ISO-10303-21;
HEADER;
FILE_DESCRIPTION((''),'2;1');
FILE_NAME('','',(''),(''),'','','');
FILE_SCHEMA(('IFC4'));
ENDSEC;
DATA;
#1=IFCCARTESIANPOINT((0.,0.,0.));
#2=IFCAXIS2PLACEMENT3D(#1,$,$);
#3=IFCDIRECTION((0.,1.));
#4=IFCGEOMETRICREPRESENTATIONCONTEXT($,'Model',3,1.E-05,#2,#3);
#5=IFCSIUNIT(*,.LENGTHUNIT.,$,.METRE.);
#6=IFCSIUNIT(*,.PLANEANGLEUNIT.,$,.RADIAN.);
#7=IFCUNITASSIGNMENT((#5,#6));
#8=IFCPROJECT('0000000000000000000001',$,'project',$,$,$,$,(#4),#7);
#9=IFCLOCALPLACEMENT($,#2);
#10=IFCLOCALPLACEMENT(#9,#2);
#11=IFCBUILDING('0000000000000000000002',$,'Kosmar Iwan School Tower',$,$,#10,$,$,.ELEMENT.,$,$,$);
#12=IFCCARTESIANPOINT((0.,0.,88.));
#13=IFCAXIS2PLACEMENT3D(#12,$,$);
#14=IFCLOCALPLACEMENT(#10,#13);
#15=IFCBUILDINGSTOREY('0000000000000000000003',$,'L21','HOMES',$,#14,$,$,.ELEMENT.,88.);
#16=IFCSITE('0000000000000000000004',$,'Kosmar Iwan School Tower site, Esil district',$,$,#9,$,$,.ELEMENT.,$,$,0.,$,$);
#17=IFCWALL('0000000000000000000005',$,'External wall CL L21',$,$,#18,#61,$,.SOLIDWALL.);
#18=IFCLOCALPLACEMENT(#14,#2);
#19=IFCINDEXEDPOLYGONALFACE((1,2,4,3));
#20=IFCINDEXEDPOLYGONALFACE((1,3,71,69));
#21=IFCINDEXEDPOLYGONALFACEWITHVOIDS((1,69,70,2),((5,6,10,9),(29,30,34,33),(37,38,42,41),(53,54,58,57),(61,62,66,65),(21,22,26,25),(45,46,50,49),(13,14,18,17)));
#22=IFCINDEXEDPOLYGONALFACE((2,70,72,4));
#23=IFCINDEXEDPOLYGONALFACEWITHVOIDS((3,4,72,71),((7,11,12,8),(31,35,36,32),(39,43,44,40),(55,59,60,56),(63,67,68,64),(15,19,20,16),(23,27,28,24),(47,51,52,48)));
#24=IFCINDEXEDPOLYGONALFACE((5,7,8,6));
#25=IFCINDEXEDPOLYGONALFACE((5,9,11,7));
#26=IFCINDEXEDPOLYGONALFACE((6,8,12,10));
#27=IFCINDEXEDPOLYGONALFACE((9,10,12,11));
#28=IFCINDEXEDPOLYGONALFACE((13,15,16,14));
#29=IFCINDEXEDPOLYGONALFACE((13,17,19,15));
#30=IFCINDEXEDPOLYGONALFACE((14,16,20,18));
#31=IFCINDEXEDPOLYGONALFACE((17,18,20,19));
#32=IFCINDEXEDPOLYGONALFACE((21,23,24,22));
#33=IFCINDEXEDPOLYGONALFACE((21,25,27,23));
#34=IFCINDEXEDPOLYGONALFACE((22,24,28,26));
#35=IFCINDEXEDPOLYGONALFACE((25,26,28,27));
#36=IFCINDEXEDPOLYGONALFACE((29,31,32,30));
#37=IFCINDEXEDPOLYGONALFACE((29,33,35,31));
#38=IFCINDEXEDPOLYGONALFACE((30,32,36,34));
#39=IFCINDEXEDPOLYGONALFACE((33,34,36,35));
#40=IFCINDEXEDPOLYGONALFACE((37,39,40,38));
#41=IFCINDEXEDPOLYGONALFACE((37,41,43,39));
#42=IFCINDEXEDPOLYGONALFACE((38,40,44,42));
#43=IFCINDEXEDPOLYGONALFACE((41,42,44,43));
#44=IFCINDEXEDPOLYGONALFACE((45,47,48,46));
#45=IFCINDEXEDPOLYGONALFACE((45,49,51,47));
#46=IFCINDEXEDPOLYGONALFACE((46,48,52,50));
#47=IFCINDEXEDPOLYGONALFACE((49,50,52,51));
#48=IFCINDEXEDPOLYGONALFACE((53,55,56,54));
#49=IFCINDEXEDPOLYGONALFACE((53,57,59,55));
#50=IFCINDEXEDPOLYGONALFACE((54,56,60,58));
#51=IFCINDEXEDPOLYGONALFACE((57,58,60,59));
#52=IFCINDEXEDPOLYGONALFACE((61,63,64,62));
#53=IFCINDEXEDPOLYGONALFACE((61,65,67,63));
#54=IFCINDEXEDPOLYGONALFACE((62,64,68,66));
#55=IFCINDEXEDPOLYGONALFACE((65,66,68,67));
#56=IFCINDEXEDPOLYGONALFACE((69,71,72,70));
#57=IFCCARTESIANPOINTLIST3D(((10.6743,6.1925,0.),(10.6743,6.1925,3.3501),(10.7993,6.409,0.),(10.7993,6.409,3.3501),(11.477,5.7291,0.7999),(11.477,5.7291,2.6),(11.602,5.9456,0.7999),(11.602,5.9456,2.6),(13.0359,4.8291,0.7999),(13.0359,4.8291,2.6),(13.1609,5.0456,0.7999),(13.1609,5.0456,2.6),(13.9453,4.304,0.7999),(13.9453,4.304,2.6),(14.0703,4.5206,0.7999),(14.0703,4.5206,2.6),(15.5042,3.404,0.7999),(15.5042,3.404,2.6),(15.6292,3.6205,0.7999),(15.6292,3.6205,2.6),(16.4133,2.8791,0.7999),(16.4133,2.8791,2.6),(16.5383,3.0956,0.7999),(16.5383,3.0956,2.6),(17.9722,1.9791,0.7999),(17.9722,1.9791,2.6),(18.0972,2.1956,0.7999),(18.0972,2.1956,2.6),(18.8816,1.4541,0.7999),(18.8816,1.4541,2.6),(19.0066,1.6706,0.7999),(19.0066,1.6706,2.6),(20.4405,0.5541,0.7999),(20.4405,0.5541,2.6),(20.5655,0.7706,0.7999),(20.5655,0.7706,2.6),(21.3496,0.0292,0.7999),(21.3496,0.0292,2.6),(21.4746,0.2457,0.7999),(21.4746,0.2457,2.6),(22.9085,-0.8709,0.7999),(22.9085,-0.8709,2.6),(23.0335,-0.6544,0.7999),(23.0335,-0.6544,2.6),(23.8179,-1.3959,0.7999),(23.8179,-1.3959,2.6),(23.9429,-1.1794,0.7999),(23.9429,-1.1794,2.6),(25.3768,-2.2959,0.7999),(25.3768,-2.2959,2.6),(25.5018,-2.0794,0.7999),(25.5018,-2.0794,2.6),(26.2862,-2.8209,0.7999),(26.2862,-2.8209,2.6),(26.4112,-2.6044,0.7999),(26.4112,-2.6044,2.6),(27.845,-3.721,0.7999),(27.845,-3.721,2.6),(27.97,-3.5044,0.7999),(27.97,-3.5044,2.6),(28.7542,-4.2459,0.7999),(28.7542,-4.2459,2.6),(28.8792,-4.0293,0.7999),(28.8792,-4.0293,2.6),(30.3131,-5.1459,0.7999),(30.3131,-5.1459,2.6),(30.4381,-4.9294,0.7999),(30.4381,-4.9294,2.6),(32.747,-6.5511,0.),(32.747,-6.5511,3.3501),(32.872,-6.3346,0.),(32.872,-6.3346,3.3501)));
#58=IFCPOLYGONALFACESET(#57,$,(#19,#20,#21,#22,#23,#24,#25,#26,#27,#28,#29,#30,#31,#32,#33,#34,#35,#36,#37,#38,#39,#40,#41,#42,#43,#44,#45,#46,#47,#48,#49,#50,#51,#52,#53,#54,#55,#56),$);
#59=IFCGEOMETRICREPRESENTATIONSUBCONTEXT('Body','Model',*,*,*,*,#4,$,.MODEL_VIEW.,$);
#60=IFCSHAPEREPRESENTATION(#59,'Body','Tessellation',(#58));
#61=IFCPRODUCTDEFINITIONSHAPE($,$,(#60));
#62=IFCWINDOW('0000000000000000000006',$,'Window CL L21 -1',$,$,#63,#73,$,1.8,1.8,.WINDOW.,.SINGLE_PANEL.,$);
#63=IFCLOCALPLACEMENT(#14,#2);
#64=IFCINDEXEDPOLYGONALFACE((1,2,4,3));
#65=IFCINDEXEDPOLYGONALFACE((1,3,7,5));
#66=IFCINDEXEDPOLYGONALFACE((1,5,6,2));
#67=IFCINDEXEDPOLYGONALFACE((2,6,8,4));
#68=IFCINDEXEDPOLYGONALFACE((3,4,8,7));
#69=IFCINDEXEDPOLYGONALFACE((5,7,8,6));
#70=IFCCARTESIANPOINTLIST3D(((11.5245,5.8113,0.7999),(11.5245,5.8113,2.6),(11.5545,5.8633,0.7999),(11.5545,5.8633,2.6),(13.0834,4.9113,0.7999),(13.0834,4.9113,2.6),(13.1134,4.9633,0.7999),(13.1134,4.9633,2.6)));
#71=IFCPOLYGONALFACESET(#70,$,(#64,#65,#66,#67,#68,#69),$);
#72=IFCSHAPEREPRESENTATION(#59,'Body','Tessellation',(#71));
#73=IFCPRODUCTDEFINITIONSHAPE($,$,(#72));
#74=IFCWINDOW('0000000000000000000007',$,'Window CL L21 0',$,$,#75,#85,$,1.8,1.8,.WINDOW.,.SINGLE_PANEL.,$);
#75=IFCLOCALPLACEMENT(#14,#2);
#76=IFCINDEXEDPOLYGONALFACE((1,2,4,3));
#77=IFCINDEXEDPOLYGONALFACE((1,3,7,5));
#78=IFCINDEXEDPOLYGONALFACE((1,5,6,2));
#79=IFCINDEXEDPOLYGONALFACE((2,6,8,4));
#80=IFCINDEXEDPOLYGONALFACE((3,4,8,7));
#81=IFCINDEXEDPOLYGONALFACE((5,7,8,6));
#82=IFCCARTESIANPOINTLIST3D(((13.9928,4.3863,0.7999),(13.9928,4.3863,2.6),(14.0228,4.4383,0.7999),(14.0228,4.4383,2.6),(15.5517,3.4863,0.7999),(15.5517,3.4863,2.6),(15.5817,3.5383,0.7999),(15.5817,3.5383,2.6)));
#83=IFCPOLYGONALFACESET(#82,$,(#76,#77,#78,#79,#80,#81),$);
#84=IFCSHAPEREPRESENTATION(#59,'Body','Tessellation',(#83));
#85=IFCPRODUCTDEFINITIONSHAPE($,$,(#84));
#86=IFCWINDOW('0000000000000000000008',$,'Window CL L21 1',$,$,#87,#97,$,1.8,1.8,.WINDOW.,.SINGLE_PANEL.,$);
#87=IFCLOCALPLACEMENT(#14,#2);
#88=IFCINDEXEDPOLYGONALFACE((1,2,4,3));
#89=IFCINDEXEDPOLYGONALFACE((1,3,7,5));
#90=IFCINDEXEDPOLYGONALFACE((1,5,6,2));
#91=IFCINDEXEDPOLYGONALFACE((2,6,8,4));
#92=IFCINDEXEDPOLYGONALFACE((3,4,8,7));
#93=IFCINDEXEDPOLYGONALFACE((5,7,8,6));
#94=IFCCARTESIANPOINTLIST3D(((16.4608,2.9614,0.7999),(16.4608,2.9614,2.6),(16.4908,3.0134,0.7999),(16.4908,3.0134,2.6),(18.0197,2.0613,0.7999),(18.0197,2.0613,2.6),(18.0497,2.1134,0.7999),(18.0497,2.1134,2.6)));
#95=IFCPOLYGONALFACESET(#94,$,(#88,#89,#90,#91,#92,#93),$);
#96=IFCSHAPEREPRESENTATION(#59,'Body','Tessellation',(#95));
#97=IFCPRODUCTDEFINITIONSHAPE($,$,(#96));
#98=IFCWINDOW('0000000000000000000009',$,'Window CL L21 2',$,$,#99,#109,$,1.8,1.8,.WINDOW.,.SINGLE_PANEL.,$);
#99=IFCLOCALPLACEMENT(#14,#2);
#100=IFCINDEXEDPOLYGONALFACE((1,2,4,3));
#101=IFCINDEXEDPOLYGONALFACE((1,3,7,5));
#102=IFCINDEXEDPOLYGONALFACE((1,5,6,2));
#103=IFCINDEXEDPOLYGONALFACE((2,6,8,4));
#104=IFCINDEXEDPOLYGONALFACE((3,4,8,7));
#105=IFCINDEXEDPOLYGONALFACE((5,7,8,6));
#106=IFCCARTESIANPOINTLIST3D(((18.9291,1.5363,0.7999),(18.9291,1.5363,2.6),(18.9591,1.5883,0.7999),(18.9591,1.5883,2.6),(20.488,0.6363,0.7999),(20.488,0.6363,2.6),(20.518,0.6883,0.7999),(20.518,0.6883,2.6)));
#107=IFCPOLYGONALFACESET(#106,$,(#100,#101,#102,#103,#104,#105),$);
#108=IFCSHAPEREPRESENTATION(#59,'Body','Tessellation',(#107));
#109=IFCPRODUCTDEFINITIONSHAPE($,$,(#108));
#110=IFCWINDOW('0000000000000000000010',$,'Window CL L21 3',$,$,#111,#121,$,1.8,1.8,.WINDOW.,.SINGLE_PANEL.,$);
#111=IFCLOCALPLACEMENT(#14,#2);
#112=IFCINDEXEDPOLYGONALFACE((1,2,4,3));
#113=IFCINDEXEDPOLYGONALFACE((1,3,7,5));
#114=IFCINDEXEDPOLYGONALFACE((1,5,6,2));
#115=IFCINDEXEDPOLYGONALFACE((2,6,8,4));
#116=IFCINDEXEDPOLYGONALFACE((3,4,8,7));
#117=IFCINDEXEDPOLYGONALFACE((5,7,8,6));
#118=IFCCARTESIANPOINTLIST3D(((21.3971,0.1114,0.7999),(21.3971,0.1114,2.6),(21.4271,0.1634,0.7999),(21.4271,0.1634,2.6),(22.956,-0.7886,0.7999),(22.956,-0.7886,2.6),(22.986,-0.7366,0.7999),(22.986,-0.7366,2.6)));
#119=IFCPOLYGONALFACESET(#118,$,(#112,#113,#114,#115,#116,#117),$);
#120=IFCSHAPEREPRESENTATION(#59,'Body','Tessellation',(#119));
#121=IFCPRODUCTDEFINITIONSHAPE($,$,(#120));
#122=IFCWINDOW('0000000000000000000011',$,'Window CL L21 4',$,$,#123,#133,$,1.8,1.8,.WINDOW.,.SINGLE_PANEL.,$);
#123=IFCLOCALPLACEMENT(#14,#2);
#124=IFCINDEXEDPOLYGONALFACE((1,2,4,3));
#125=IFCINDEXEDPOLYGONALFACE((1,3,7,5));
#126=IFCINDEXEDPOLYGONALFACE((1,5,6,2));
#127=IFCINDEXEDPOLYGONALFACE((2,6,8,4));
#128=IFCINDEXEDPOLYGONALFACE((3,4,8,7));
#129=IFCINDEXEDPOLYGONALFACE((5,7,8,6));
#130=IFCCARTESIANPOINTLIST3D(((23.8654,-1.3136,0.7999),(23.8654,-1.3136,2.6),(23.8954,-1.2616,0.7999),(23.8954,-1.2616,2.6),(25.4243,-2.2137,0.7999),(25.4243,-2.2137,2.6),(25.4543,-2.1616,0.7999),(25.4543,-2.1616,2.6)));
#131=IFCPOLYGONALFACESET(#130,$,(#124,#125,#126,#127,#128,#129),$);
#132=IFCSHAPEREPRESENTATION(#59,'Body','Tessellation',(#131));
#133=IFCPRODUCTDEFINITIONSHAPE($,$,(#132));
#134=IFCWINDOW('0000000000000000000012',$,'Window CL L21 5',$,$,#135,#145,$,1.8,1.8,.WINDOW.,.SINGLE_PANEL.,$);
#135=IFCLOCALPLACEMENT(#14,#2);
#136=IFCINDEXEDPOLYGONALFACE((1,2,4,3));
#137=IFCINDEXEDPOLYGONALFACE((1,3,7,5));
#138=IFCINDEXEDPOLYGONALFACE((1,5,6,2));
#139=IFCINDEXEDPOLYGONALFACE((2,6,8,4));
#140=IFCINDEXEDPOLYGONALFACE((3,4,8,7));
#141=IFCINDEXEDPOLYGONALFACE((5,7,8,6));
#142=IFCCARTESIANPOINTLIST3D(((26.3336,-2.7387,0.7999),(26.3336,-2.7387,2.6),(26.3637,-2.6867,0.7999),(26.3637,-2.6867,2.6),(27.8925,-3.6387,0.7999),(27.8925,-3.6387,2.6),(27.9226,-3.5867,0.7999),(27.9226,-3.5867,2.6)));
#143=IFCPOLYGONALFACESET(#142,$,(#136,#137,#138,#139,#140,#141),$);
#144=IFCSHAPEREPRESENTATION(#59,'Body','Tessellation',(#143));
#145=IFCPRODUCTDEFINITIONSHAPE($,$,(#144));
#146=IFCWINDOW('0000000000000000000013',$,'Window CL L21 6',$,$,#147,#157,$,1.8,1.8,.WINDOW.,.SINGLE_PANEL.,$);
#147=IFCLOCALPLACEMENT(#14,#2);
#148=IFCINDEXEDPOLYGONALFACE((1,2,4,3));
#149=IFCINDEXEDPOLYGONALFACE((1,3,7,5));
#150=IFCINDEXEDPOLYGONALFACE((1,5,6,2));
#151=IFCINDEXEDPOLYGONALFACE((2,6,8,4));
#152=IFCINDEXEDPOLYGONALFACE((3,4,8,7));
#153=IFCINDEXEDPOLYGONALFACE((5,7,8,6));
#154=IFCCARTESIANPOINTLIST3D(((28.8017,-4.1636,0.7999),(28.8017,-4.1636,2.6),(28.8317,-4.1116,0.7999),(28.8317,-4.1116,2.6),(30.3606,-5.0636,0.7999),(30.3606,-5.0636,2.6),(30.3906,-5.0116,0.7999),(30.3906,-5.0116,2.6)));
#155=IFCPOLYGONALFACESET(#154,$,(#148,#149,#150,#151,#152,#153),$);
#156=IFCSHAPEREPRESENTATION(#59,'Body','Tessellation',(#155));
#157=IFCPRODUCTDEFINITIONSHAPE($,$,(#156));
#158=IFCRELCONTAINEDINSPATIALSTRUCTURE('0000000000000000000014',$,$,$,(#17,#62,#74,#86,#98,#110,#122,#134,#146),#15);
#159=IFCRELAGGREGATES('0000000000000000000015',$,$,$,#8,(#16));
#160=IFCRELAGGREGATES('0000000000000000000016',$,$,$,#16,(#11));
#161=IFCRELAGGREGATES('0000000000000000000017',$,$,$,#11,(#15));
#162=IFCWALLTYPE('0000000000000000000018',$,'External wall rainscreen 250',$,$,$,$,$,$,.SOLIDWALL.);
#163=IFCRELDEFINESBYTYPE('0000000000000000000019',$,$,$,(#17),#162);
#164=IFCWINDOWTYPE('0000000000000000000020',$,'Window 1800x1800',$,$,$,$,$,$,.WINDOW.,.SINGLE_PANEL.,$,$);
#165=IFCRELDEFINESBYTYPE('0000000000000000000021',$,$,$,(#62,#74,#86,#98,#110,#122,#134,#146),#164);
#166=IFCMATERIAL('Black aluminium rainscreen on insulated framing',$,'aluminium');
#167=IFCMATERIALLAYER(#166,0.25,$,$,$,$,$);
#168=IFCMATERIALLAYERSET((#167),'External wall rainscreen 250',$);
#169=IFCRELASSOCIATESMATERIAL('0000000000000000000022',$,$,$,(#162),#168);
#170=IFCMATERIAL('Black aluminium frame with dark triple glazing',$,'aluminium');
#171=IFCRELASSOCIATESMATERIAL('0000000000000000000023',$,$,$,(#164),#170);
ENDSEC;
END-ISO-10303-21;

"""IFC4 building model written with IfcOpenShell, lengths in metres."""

from ifc_helpers import new_model, si_unit, direction, frame, frame_2d, origin, place, context, subcontext, project, spatial, rectangle, extrude, material, layer, layer_set, type_object, element, fill, save


model = new_model("IFC4")

# Units and contexts
model_context = context("Model", 3, precision=1e-05, world=origin(), true_north=direction((0.0, 1.0)))
body_context = subcontext(model_context, "Body", "Model", "MODEL_VIEW")
ifc_project = project(units=[si_unit("LENGTHUNIT", "METRE"), si_unit("PLANEANGLEUNIT", "RADIAN")], contexts=[model_context])

# Site, building, storey
site_placement = place(None, origin())
site = spatial("IfcSite", under=ifc_project, at=site_placement, Name="Kosmar Iwan School Tower site, Esil district", CompositionType="ELEMENT", RefElevation=0.0)
building_placement = place(site_placement, origin())
building = spatial("IfcBuilding", under=site, at=building_placement, Name="Kosmar Iwan School Tower", CompositionType="ELEMENT")
storey_placement = place(building_placement, frame((0.0, 0.0, 88.0)))
storey = spatial("IfcBuildingStorey", under=building, at=storey_placement, Name="L21", Description="HOMES", CompositionType="ELEMENT", Elevation=88.0)

# Wall, openings, windows
ifc_material_1 = material(Name="Black aluminium rainscreen on insulated framing", Category="aluminium")
ifc_layer = layer(ifc_material_1, 0.25)
ifc_layer_set = layer_set([ifc_layer], Name="External wall rainscreen 250")
wall_type = type_object("IfcWallType", Name="External wall rainscreen 250", PredefinedType="SOLIDWALL", material=ifc_layer_set)
wall_1_placement = place(storey_placement, frame((10.7368, 6.3008, 0.0), z_axis=(0.0, 0.0, 1.0), x_axis=(0.866026, -0.499998, 0.0)))
wall_1 = element("IfcWall", 1, at=wall_1_placement, inside=storey, type_object=wall_type, Name="External wall CL L21", PredefinedType="SOLIDWALL", context=body_context, shape_type="SweptSolid", body=[
    extrude(rectangle(XDim=25.4873, YDim=0.25, at=frame_2d((12.7437, 0.0))), origin(), (0.0, 0.0, 1.0), 3.3501),
])
opening_1_placement = place(wall_1_placement, frame((0.927, 0.0, 0.8)))
opening_1 = element("IfcOpeningElement", 2, at=opening_1_placement, cuts=wall_1, PredefinedType="OPENING", context=body_context, shape_type="SweptSolid", body=[
    extrude(rectangle(XDim=1.8, YDim=1.8, at=frame_2d((0.8999, 0.8999))), frame((0.0, 0.137, 0.0), z_axis=(0.0, -1.0, 0.0), x_axis=(1.0, 0.0, 0.0)), (0.0, 0.0, 1.0), 0.2739),
])
opening_2_placement = place(wall_1_placement, frame((3.7771, 0.0, 0.8)))
opening_2 = element("IfcOpeningElement", 3, at=opening_2_placement, cuts=wall_1, PredefinedType="OPENING", context=body_context, shape_type="SweptSolid", body=[
    extrude(rectangle(XDim=1.8, YDim=1.8, at=frame_2d((0.8999, 0.8999))), frame((0.0, 0.137, 0.0), z_axis=(0.0, -1.0, 0.0), x_axis=(1.0, 0.0, 0.0)), (0.0, 0.0, 1.0), 0.2739),
])
opening_3_placement = place(wall_1_placement, frame((6.627, 0.0, 0.8)))
opening_3 = element("IfcOpeningElement", 4, at=opening_3_placement, cuts=wall_1, PredefinedType="OPENING", context=body_context, shape_type="SweptSolid", body=[
    extrude(rectangle(XDim=1.8, YDim=1.8, at=frame_2d((0.8999, 0.8999))), frame((0.0, 0.137, 0.0), z_axis=(0.0, -1.0, 0.0), x_axis=(1.0, 0.0, 0.0)), (0.0, 0.0, 1.0), 0.2739),
])
opening_4_placement = place(wall_1_placement, frame((9.4771, 0.0, 0.8)))
opening_4 = element("IfcOpeningElement", 5, at=opening_4_placement, cuts=wall_1, PredefinedType="OPENING", context=body_context, shape_type="SweptSolid", body=[
    extrude(rectangle(XDim=1.8, YDim=1.8, at=frame_2d((0.8999, 0.8999))), frame((0.0, 0.137, 0.0), z_axis=(0.0, -1.0, 0.0), x_axis=(1.0, 0.0, 0.0)), (0.0, 0.0, 1.0), 0.2739),
])
opening_5_placement = place(wall_1_placement, frame((12.3269, 0.0, 0.8)))
opening_5 = element("IfcOpeningElement", 6, at=opening_5_placement, cuts=wall_1, PredefinedType="OPENING", context=body_context, shape_type="SweptSolid", body=[
    extrude(rectangle(XDim=1.8, YDim=1.8, at=frame_2d((0.8999, 0.8999))), frame((0.0, 0.137, 0.0), z_axis=(0.0, -1.0, 0.0), x_axis=(1.0, 0.0, 0.0)), (0.0, 0.0, 1.0), 0.2739),
])
opening_6_placement = place(wall_1_placement, frame((15.177, 0.0, 0.8)))
opening_6 = element("IfcOpeningElement", 7, at=opening_6_placement, cuts=wall_1, PredefinedType="OPENING", context=body_context, shape_type="SweptSolid", body=[
    extrude(rectangle(XDim=1.8, YDim=1.8, at=frame_2d((0.8999, 0.8999))), frame((0.0, 0.137, 0.0), z_axis=(0.0, -1.0, 0.0), x_axis=(1.0, 0.0, 0.0)), (0.0, 0.0, 1.0), 0.2739),
])
opening_7_placement = place(wall_1_placement, frame((18.0271, 0.0, 0.8)))
opening_7 = element("IfcOpeningElement", 8, at=opening_7_placement, cuts=wall_1, PredefinedType="OPENING", context=body_context, shape_type="SweptSolid", body=[
    extrude(rectangle(XDim=1.8, YDim=1.8, at=frame_2d((0.8999, 0.8999))), frame((0.0, 0.137, 0.0), z_axis=(0.0, -1.0, 0.0), x_axis=(1.0, 0.0, 0.0)), (0.0, 0.0, 1.0), 0.2739),
])
opening_8_placement = place(wall_1_placement, frame((20.877, 0.0, 0.8)))
opening_8 = element("IfcOpeningElement", 9, at=opening_8_placement, cuts=wall_1, PredefinedType="OPENING", context=body_context, shape_type="SweptSolid", body=[
    extrude(rectangle(XDim=1.8, YDim=1.8, at=frame_2d((0.8999, 0.8999))), frame((0.0, 0.137, 0.0), z_axis=(0.0, -1.0, 0.0), x_axis=(1.0, 0.0, 0.0)), (0.0, 0.0, 1.0), 0.2739),
])
ifc_material_2 = material(Name="Black aluminium frame with dark triple glazing", Category="aluminium")
window_type = type_object("IfcWindowType", Name="Window 1800x1800", PartitioningType="SINGLE_PANEL", PredefinedType="WINDOW", material=ifc_material_2)
window_1_placement = place(opening_1_placement, origin())
window_1 = element("IfcWindow", 10, at=window_1_placement, inside=storey, type_object=window_type, Name="Window CL L21 -1", OverallHeight=1.8, OverallWidth=1.8, PartitioningType="SINGLE_PANEL", PredefinedType="WINDOW", context=body_context, shape_type="SweptSolid", body=[
    extrude(rectangle(XDim=1.8, YDim=1.8, at=frame_2d((0.8999, 0.8999))), frame((0.0, 0.03, 0.0), z_axis=(0.0, -1.0, 0.0), x_axis=(1.0, 0.0, 0.0)), (0.0, 0.0, 1.0), 0.0601),
])
fill(opening_1, window_1)
window_2_placement = place(opening_2_placement, origin())
window_2 = element("IfcWindow", 11, at=window_2_placement, inside=storey, type_object=window_type, Name="Window CL L21 0", OverallHeight=1.8, OverallWidth=1.8, PartitioningType="SINGLE_PANEL", PredefinedType="WINDOW", context=body_context, shape_type="SweptSolid", body=[
    extrude(rectangle(XDim=1.8, YDim=1.8, at=frame_2d((0.8999, 0.8999))), frame((0.0, 0.03, 0.0), z_axis=(0.0, -1.0, 0.0), x_axis=(1.0, 0.0, 0.0)), (0.0, 0.0, 1.0), 0.0601),
])
fill(opening_2, window_2)
window_3_placement = place(opening_3_placement, origin())
window_3 = element("IfcWindow", 12, at=window_3_placement, inside=storey, type_object=window_type, Name="Window CL L21 1", OverallHeight=1.8, OverallWidth=1.8, PartitioningType="SINGLE_PANEL", PredefinedType="WINDOW", context=body_context, shape_type="SweptSolid", body=[
    extrude(rectangle(XDim=1.8, YDim=1.8, at=frame_2d((0.8999, 0.8999))), frame((0.0, 0.03, 0.0), z_axis=(0.0, -1.0, 0.0), x_axis=(1.0, 0.0, 0.0)), (0.0, 0.0, 1.0), 0.0601),
])
fill(opening_3, window_3)
window_4_placement = place(opening_4_placement, origin())
window_4 = element("IfcWindow", 13, at=window_4_placement, inside=storey, type_object=window_type, Name="Window CL L21 2", OverallHeight=1.8, OverallWidth=1.8, PartitioningType="SINGLE_PANEL", PredefinedType="WINDOW", context=body_context, shape_type="SweptSolid", body=[
    extrude(rectangle(XDim=1.8, YDim=1.8, at=frame_2d((0.8999, 0.8999))), frame((0.0, 0.03, 0.0), z_axis=(0.0, -1.0, 0.0), x_axis=(1.0, 0.0, 0.0)), (0.0, 0.0, 1.0), 0.0601),
])
fill(opening_4, window_4)
window_5_placement = place(opening_5_placement, origin())
window_5 = element("IfcWindow", 14, at=window_5_placement, inside=storey, type_object=window_type, Name="Window CL L21 3", OverallHeight=1.8, OverallWidth=1.8, PartitioningType="SINGLE_PANEL", PredefinedType="WINDOW", context=body_context, shape_type="SweptSolid", body=[
    extrude(rectangle(XDim=1.8, YDim=1.8, at=frame_2d((0.8999, 0.8999))), frame((0.0, 0.03, 0.0), z_axis=(0.0, -1.0, 0.0), x_axis=(1.0, 0.0, 0.0)), (0.0, 0.0, 1.0), 0.0601),
])
fill(opening_5, window_5)
window_6_placement = place(opening_6_placement, origin())
window_6 = element("IfcWindow", 15, at=window_6_placement, inside=storey, type_object=window_type, Name="Window CL L21 4", OverallHeight=1.8, OverallWidth=1.8, PartitioningType="SINGLE_PANEL", PredefinedType="WINDOW", context=body_context, shape_type="SweptSolid", body=[
    extrude(rectangle(XDim=1.8, YDim=1.8, at=frame_2d((0.8999, 0.8999))), frame((0.0, 0.03, 0.0), z_axis=(0.0, -1.0, 0.0), x_axis=(1.0, 0.0, 0.0)), (0.0, 0.0, 1.0), 0.0601),
])
fill(opening_6, window_6)
window_7_placement = place(opening_7_placement, origin())
window_7 = element("IfcWindow", 16, at=window_7_placement, inside=storey, type_object=window_type, Name="Window CL L21 5", OverallHeight=1.8, OverallWidth=1.8, PartitioningType="SINGLE_PANEL", PredefinedType="WINDOW", context=body_context, shape_type="SweptSolid", body=[
    extrude(rectangle(XDim=1.8, YDim=1.8, at=frame_2d((0.8999, 0.8999))), frame((0.0, 0.03, 0.0), z_axis=(0.0, -1.0, 0.0), x_axis=(1.0, 0.0, 0.0)), (0.0, 0.0, 1.0), 0.0601),
])
fill(opening_7, window_7)
window_8_placement = place(opening_8_placement, origin())
window_8 = element("IfcWindow", 17, at=window_8_placement, inside=storey, type_object=window_type, Name="Window CL L21 6", OverallHeight=1.8, OverallWidth=1.8, PartitioningType="SINGLE_PANEL", PredefinedType="WINDOW", context=body_context, shape_type="SweptSolid", body=[
    extrude(rectangle(XDim=1.8, YDim=1.8, at=frame_2d((0.8999, 0.8999))), frame((0.0, 0.03, 0.0), z_axis=(0.0, -1.0, 0.0), x_axis=(1.0, 0.0, 0.0)), (0.0, 0.0, 1.0), 0.0601),
])
fill(opening_8, window_8)

save(model, "model.ifc")
